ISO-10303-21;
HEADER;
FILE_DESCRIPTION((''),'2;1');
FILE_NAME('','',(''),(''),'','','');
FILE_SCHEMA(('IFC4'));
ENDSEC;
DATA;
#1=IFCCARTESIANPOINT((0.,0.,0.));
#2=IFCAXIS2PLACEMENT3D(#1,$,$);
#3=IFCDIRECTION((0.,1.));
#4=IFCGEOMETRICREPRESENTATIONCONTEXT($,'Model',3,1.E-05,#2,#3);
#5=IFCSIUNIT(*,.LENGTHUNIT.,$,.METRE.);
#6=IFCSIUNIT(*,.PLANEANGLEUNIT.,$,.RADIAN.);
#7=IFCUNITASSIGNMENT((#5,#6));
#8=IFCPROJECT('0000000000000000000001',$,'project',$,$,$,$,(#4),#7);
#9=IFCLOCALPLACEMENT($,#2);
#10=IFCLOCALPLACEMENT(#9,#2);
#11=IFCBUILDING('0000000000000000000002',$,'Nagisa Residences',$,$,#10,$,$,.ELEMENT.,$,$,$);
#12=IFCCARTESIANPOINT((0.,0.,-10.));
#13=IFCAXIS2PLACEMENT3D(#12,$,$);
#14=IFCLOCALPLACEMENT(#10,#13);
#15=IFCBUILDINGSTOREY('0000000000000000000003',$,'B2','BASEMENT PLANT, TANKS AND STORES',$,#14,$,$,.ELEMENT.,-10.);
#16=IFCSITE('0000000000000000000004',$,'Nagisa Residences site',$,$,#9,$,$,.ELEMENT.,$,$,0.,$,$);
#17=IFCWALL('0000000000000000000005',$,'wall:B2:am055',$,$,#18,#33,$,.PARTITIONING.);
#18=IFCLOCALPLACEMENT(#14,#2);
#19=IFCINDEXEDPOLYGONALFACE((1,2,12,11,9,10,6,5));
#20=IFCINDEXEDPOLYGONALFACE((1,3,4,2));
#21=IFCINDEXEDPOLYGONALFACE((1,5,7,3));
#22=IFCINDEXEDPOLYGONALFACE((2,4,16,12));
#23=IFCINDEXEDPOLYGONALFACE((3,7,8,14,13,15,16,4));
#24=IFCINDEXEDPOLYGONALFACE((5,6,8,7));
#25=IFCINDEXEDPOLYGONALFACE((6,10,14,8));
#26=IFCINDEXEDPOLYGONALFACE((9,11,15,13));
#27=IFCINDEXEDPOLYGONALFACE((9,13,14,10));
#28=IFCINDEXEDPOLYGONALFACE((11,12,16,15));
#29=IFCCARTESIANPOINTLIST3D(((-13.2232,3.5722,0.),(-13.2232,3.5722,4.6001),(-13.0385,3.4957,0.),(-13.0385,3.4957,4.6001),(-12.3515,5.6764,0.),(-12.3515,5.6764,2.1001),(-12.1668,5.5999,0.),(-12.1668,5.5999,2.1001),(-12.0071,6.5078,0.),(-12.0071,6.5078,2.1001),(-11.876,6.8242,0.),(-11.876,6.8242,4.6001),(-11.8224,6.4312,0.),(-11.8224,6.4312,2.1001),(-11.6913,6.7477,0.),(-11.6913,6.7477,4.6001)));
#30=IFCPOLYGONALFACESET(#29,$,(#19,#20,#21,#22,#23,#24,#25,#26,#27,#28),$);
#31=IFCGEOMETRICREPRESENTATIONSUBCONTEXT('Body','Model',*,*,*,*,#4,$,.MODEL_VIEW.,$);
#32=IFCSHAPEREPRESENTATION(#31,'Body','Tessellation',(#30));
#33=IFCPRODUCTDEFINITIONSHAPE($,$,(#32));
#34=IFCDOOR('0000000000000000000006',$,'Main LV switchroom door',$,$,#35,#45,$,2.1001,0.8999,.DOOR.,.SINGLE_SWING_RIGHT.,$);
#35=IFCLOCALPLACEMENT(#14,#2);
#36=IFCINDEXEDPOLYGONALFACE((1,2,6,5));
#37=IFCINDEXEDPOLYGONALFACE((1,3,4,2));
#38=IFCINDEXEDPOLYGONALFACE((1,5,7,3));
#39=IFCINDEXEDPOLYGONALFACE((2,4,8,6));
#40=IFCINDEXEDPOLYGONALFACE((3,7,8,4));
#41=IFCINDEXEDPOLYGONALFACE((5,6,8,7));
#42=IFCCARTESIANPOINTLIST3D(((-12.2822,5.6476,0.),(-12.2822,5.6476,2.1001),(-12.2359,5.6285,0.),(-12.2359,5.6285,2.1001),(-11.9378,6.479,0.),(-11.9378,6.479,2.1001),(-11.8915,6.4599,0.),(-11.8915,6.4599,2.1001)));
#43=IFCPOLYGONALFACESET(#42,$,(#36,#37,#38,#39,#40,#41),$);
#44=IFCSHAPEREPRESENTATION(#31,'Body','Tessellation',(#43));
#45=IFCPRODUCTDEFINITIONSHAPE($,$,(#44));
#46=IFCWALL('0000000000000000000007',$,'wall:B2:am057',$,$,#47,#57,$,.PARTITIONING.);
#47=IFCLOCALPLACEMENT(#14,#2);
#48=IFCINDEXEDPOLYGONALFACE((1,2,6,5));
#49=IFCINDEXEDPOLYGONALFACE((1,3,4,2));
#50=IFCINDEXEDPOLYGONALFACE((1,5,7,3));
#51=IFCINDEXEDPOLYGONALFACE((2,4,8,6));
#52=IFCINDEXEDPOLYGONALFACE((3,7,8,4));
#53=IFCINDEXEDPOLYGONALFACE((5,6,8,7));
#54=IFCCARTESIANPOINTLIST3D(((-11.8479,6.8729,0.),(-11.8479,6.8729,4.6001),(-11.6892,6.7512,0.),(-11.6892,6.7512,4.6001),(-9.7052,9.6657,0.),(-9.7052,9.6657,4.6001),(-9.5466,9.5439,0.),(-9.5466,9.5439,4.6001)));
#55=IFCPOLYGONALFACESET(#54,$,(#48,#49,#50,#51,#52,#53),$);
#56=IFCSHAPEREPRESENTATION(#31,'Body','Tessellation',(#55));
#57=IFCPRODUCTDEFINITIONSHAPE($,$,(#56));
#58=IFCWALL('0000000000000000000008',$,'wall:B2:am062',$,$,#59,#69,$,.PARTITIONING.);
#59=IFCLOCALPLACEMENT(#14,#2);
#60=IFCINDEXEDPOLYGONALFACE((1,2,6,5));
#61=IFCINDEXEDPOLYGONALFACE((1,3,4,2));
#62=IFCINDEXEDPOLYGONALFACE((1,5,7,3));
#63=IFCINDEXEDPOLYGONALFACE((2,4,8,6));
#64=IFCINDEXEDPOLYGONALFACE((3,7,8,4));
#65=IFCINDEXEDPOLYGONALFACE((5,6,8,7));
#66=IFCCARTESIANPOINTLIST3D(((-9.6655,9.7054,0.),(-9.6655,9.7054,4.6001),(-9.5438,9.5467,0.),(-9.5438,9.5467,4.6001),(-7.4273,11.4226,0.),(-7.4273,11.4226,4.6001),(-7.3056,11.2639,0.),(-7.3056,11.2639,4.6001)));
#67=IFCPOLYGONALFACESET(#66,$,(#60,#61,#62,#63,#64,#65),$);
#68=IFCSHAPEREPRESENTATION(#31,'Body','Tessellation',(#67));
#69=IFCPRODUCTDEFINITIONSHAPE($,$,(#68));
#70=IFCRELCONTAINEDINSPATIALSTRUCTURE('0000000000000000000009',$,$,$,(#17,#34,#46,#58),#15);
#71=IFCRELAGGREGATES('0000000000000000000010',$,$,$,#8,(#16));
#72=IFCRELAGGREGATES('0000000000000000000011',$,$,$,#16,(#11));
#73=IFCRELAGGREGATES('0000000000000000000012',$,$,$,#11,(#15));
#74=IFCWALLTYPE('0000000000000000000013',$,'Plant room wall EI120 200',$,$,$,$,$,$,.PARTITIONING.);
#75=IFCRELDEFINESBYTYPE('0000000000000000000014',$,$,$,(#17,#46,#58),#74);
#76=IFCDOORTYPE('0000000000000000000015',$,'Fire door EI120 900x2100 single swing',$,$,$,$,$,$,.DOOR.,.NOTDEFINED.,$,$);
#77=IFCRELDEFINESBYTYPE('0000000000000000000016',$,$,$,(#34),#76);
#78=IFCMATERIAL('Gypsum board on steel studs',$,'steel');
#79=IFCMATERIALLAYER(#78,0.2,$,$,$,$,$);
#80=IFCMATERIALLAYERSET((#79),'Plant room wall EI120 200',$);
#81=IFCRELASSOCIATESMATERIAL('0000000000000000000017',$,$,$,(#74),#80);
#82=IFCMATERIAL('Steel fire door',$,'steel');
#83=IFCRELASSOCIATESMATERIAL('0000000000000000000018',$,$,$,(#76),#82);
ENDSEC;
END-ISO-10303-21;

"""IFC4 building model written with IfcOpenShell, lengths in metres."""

from ifc_helpers import new_model, si_unit, direction, frame, frame_2d, origin, place, context, subcontext, project, spatial, rectangle, extrude, material, layer, layer_set, type_object, element, fill, save


model = new_model("IFC4")

# Units and contexts
model_context = context("Model", 3, precision=1e-05, world=origin(), true_north=direction((0.0, 1.0)))
body_context = subcontext(model_context, "Body", "Model", "MODEL_VIEW")
ifc_project = project(units=[si_unit("LENGTHUNIT", "METRE"), si_unit("PLANEANGLEUNIT", "RADIAN")], contexts=[model_context])

# Site, building, storey
site_placement = place(None, origin())
site = spatial("IfcSite", under=ifc_project, at=site_placement, Name="Nagisa Residences site", CompositionType="ELEMENT", RefElevation=0.0)
building_placement = place(site_placement, origin())
building = spatial("IfcBuilding", under=site, at=building_placement, Name="Nagisa Residences", CompositionType="ELEMENT")
storey_placement = place(building_placement, frame((0.0, 0.0, -10.0)))
storey = spatial("IfcBuildingStorey", under=building, at=storey_placement, Name="B2", Description="BASEMENT PLANT, TANKS AND STORES", CompositionType="ELEMENT", Elevation=-10.0)

# Shared definitions
ifc_material_1 = material(Name="Gypsum board on steel studs", Category="steel")
ifc_layer_1 = layer(ifc_material_1, 0.2)
ifc_layer_set_1 = layer_set([ifc_layer_1], Name="Plant room wall EI120 200")
wall_type_1 = type_object("IfcWallType", Name="Plant room wall EI120 200", PredefinedType="PARTITIONING", material=ifc_layer_set_1)

# Wall, opening, door
wall_1_placement = place(storey_placement, frame((-13.1309, 3.5339, 0.0), z_axis=(0.0, 0.0, 1.0), x_axis=(0.382723, 0.923863, 0.0)))
wall_1 = element("IfcWall", 1, at=wall_1_placement, inside=storey, type_object=wall_type_1, Name="wall:B2:am055", PredefinedType="PARTITIONING", context=body_context, shape_type="SweptSolid", body=[
    extrude(rectangle(XDim=3.52, YDim=0.2, at=frame_2d((1.76, 0.0))), origin(), (0.0, 0.0, 1.0), 4.6001),
])
opening_1_placement = place(wall_1_placement, frame((2.2776, 0.0, 0.0)))
opening_1 = element("IfcOpeningElement", 2, at=opening_1_placement, cuts=wall_1, PredefinedType="OPENING", context=body_context, shape_type="SweptSolid", body=[
    extrude(rectangle(XDim=0.8999, YDim=2.1001, at=frame_2d((0.45, 1.05))), frame((0.0, 0.1099, 0.0), z_axis=(0.0, -1.0, 0.0), x_axis=(1.0, 0.0, 0.0)), (0.0, 0.0, 1.0), 0.22),
])
ifc_material_2 = material(Name="Steel fire door", Category="steel")
door_type_1 = type_object("IfcDoorType", Name="Fire door EI120 900x2100 single swing", OperationType="NOTDEFINED", PredefinedType="DOOR", material=ifc_material_2)
door_1_placement = place(opening_1_placement, origin())
door_1 = element("IfcDoor", 3, at=door_1_placement, inside=storey, type_object=door_type_1, Name="Main LV switchroom door", OperationType="SINGLE_SWING_RIGHT", OverallHeight=2.1001, OverallWidth=0.8999, PredefinedType="DOOR", context=body_context, shape_type="SweptSolid", body=[
    extrude(rectangle(XDim=0.8999, YDim=2.1001, at=frame_2d((0.45, 1.05))), frame((0.0, 0.0249, 0.0), z_axis=(0.0, -1.0, 0.0), x_axis=(1.0, 0.0, 0.0)), (0.0, 0.0, 1.0), 0.05),
])
fill(opening_1, door_1)

# Walls
wall_2_placement = place(storey_placement, frame((-11.7686, 6.812, 0.0), z_axis=(0.0, 0.0, 1.0), x_axis=(0.608698, 0.793402, 0.0)))
element("IfcWall", 4, at=wall_2_placement, inside=storey, type_object=wall_type_1, Name="wall:B2:am057", PredefinedType="PARTITIONING", context=body_context, shape_type="SweptSolid", body=[
    extrude(rectangle(XDim=3.52, YDim=0.2, at=frame_2d((1.76, 0.0))), origin(), (0.0, 0.0, 1.0), 4.6001),
])
wall_3_placement = place(storey_placement, frame((-9.6047, 9.626, 0.0), z_axis=(0.0, 0.0, 1.0), x_axis=(0.793389, 0.608715, 0.0)))
element("IfcWall", 5, at=wall_3_placement, inside=storey, type_object=wall_type_1, Name="wall:B2:am062", PredefinedType="PARTITIONING", context=body_context, shape_type="SweptSolid", body=[
    extrude(rectangle(XDim=2.821, YDim=0.2, at=frame_2d((1.4106, 0.0))), origin(), (0.0, 0.0, 1.0), 4.6001),
])

save(model, "model.ifc")
